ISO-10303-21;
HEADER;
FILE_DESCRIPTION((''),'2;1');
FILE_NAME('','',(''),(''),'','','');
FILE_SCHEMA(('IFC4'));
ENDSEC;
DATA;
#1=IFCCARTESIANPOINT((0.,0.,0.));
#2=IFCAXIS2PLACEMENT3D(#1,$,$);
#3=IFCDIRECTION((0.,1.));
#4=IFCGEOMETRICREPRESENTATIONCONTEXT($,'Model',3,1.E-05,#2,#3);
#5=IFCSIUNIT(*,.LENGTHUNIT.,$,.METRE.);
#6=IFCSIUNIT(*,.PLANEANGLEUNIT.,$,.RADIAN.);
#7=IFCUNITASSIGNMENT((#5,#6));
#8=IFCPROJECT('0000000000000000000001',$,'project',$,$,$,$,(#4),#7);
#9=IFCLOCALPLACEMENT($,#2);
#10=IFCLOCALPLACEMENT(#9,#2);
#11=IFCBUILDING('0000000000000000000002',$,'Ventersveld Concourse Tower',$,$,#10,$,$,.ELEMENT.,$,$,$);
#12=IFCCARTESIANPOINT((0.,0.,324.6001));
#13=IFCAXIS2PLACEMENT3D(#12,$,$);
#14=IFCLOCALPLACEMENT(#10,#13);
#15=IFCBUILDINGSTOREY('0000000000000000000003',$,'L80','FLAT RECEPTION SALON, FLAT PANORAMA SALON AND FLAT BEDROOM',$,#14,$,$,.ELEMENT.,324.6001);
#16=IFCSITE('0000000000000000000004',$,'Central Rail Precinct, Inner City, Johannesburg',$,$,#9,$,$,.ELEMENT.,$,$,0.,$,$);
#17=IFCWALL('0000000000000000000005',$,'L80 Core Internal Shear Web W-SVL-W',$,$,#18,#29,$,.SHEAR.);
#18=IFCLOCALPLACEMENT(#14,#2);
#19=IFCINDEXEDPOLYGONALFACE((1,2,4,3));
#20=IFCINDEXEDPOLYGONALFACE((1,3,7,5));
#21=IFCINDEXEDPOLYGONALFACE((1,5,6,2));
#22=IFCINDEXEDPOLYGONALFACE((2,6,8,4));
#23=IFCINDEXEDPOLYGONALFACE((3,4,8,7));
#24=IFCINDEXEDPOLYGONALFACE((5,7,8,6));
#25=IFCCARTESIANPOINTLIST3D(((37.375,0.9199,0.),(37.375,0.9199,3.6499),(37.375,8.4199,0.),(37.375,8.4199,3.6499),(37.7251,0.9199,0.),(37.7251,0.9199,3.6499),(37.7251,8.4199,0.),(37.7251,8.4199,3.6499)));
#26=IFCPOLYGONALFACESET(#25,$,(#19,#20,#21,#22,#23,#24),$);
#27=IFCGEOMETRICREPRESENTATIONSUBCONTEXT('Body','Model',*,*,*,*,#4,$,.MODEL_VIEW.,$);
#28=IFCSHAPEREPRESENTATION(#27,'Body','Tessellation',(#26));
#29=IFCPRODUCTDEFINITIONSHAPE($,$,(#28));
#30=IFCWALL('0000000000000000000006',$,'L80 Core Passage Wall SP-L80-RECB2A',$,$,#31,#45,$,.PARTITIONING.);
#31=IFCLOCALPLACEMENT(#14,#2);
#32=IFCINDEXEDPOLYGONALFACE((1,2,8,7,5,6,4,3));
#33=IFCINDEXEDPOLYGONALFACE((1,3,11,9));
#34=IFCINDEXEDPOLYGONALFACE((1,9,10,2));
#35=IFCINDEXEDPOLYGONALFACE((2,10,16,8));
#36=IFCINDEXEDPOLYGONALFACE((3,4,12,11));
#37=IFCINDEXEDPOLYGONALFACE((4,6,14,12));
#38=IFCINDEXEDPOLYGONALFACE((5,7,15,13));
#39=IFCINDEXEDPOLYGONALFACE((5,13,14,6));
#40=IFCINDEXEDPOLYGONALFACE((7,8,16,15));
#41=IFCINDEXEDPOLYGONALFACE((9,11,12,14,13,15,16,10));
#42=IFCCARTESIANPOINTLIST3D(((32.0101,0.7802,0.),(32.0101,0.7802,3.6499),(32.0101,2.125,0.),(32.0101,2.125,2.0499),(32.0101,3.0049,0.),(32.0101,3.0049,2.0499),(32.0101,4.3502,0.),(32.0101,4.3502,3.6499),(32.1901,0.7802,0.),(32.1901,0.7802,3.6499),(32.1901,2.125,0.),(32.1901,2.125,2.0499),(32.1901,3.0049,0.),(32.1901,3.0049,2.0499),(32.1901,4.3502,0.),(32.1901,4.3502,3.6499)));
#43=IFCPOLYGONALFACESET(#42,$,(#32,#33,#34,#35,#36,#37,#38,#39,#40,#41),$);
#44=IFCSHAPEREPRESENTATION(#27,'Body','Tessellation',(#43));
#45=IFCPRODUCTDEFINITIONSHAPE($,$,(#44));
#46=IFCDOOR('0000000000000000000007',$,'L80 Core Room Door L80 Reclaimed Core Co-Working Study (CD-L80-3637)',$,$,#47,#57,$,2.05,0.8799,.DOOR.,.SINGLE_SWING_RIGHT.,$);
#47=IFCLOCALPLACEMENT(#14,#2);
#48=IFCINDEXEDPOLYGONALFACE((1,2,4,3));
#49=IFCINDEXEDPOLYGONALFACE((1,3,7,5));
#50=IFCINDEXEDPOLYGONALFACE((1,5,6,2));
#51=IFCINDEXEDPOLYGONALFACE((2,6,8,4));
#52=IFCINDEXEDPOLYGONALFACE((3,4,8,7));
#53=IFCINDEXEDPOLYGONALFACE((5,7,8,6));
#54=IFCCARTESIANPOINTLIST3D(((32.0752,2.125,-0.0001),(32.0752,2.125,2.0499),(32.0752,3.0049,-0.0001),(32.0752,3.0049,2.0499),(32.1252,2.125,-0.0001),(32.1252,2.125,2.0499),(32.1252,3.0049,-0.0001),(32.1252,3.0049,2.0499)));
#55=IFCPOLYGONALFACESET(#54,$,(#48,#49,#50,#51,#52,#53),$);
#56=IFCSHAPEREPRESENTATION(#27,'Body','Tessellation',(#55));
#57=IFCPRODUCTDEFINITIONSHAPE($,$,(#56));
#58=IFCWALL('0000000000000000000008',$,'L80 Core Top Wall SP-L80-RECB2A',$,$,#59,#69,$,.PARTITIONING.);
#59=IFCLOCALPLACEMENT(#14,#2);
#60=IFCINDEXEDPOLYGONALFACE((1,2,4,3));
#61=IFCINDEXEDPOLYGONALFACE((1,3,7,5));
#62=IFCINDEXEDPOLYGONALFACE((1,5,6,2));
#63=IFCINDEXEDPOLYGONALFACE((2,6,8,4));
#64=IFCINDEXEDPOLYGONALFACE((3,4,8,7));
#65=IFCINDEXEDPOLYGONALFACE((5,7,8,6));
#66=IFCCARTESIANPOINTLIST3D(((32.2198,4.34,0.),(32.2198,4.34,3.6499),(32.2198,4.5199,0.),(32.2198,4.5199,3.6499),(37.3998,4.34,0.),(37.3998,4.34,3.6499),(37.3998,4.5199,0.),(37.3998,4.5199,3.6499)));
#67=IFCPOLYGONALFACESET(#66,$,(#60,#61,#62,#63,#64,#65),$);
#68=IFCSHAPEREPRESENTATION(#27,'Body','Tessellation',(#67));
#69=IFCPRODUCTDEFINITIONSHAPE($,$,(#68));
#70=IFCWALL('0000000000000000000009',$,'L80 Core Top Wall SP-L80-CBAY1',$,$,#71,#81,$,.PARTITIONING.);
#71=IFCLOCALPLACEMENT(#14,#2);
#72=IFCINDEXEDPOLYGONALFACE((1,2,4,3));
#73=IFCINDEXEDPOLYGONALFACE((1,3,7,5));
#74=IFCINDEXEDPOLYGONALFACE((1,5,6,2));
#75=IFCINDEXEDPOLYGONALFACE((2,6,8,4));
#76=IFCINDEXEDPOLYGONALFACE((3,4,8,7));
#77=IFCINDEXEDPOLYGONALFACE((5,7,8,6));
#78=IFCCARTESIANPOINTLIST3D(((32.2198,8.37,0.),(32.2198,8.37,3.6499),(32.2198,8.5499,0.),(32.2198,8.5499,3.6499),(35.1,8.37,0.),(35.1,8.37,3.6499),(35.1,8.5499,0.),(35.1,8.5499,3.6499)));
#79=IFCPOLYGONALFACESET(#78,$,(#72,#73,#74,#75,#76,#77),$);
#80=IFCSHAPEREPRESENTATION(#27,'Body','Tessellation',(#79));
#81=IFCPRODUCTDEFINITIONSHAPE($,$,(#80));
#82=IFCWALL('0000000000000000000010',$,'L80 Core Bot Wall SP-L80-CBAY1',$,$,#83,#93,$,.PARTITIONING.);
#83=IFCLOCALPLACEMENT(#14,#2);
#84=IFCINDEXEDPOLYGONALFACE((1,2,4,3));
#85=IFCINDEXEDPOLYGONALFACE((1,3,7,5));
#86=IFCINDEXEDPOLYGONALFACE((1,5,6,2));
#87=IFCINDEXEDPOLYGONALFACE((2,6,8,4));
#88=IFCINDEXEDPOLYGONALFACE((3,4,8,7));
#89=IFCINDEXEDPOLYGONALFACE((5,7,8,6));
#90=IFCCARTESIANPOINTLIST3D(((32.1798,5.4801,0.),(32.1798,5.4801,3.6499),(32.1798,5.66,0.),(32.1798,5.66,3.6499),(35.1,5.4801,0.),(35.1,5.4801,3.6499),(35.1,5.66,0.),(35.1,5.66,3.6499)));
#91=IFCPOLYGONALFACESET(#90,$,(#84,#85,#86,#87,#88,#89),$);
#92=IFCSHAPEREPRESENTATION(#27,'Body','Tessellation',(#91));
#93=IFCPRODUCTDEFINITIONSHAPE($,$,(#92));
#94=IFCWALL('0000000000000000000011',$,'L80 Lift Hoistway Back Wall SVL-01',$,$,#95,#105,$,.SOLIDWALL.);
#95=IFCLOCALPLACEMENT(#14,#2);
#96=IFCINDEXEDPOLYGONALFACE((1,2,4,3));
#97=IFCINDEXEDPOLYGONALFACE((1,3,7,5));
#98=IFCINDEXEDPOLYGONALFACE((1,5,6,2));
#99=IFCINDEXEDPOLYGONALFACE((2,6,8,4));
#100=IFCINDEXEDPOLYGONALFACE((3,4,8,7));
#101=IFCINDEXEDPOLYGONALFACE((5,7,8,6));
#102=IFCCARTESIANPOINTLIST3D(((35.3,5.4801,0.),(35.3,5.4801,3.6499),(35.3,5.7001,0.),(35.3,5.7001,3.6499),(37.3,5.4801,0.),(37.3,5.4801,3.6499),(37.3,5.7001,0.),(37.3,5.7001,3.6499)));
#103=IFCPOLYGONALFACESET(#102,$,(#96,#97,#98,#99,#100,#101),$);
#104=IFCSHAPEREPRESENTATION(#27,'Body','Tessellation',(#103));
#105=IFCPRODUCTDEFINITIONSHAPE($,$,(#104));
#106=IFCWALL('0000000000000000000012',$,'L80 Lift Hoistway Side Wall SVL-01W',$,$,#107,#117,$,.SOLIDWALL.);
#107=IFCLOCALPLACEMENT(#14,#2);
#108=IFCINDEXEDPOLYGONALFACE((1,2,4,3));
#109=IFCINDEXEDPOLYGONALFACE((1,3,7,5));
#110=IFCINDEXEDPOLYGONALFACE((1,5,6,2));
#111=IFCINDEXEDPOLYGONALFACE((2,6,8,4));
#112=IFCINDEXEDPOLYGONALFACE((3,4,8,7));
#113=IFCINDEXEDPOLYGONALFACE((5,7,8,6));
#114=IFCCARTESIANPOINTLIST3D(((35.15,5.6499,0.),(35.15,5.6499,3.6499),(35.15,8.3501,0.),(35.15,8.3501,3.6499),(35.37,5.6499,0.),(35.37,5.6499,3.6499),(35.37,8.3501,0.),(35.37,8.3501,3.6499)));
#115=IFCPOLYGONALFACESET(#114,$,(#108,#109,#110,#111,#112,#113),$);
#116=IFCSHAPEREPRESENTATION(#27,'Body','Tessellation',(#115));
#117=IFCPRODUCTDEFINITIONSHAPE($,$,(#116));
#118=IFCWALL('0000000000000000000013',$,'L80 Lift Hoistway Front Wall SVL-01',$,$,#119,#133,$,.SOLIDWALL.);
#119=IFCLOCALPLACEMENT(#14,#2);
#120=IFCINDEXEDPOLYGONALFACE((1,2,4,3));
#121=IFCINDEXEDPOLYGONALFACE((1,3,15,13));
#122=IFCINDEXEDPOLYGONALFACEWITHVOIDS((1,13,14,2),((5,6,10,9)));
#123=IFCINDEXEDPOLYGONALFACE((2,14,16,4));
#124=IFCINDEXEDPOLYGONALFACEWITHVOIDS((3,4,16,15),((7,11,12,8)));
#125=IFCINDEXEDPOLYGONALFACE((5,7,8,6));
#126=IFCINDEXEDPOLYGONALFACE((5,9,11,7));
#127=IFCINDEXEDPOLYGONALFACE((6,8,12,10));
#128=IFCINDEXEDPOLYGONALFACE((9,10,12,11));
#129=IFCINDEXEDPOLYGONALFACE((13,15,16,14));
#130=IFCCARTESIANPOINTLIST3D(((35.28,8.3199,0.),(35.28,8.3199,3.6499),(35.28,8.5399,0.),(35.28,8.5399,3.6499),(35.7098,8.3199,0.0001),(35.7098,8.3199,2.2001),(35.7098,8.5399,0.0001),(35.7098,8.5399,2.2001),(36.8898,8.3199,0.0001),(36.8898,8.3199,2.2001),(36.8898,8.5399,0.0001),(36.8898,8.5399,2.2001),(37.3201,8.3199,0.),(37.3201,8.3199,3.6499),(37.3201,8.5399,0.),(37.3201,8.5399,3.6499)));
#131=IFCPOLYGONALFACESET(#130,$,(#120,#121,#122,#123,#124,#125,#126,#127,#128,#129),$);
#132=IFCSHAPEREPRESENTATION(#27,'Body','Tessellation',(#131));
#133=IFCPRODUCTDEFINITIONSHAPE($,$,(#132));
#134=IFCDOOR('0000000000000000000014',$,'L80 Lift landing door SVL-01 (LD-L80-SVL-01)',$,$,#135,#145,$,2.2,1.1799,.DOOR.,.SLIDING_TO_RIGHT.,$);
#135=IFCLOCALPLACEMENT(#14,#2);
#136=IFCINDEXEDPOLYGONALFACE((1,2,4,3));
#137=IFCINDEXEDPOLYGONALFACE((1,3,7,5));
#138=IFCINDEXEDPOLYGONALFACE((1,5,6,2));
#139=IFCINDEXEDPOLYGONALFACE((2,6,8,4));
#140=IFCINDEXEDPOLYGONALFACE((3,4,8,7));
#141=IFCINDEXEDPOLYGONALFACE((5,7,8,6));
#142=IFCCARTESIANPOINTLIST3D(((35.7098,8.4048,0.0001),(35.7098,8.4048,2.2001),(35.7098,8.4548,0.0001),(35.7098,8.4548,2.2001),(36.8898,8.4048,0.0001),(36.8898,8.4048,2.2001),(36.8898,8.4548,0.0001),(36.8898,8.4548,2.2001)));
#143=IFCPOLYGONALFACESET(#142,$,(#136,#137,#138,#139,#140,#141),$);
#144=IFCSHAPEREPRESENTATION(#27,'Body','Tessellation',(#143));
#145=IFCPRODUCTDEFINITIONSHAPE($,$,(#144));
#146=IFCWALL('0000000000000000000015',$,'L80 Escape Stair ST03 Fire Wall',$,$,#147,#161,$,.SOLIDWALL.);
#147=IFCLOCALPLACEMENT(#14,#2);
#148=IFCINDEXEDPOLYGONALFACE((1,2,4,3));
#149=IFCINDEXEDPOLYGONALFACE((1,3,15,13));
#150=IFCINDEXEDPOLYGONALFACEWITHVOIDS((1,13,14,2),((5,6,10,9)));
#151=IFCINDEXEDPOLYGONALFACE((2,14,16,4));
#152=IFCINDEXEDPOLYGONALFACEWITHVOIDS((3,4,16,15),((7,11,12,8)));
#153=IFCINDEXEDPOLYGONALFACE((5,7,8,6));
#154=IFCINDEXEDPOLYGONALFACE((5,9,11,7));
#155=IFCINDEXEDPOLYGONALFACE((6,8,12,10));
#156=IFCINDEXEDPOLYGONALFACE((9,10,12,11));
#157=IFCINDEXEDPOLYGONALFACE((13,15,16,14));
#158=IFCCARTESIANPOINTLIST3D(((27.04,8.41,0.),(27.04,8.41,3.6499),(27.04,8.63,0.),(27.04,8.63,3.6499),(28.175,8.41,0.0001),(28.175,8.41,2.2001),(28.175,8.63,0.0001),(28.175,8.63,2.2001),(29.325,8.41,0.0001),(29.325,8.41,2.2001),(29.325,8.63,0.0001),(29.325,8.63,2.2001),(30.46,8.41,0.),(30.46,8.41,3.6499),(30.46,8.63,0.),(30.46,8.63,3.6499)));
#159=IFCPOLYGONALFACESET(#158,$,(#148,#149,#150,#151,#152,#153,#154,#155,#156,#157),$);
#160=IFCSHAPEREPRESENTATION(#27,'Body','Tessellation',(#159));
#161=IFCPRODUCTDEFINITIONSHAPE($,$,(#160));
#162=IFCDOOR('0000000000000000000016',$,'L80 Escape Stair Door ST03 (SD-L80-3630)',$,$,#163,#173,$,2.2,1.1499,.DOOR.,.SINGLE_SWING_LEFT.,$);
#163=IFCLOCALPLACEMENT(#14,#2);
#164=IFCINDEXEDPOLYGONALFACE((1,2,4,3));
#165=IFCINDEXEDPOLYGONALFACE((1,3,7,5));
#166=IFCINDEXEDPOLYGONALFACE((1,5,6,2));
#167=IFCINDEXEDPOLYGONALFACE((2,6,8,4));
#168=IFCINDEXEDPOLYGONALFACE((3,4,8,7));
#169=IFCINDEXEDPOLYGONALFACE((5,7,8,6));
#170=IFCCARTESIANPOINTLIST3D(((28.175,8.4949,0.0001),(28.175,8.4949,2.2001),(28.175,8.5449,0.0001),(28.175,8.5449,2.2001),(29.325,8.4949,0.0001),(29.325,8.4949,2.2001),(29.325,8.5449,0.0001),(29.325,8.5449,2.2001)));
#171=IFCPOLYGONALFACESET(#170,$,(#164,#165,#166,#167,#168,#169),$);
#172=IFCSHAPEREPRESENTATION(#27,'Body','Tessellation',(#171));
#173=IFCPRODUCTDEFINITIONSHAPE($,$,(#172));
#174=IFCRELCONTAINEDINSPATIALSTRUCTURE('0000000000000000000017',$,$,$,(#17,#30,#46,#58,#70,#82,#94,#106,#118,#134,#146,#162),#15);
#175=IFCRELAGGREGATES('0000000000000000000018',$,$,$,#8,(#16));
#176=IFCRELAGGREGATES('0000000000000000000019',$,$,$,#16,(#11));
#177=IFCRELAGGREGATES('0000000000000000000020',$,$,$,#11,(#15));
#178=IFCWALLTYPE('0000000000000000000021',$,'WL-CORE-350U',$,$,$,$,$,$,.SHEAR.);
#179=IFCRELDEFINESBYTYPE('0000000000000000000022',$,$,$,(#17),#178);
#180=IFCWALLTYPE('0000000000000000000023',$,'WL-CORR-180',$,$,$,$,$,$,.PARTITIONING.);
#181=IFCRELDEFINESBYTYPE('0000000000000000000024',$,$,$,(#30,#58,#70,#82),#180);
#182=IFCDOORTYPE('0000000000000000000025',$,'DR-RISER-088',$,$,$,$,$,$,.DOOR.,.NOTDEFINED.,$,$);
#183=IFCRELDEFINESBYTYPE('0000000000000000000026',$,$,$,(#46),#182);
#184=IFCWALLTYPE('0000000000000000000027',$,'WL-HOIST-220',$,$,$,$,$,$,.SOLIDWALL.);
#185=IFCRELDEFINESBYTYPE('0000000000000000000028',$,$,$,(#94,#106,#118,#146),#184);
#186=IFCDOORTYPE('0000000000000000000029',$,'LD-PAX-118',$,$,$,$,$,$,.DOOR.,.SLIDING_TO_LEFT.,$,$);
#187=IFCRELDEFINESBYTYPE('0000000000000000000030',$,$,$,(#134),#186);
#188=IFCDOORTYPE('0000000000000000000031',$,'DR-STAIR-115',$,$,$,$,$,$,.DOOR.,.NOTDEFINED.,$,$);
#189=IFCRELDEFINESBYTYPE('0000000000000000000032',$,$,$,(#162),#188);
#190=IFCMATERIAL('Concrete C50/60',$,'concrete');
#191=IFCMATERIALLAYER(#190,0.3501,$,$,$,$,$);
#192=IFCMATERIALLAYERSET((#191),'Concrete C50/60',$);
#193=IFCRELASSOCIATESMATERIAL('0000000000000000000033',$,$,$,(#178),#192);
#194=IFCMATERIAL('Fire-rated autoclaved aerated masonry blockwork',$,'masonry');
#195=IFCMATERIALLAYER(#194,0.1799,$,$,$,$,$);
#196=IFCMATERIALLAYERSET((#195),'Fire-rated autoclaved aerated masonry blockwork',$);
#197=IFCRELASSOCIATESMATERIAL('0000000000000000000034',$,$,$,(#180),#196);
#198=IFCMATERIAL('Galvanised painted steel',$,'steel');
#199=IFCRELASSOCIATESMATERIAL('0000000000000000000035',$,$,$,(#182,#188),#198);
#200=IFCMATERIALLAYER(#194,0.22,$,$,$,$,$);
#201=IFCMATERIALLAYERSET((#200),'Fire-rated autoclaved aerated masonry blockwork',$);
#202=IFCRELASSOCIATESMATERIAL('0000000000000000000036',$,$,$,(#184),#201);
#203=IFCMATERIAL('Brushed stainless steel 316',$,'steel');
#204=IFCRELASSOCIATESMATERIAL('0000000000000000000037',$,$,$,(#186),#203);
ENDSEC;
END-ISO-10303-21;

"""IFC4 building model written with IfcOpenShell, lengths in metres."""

from ifc_helpers import new_model, si_unit, direction, frame, frame_2d, origin, place, context, subcontext, project, spatial, rectangle, extrude, material, layer, layer_set, type_object, element, fill, save


model = new_model("IFC4")

# Units and contexts
model_context = context("Model", 3, precision=1e-05, world=origin(), true_north=direction((0.0, 1.0)))
body_context = subcontext(model_context, "Body", "Model", "MODEL_VIEW")
ifc_project = project(units=[si_unit("LENGTHUNIT", "METRE"), si_unit("PLANEANGLEUNIT", "RADIAN")], contexts=[model_context])

# Site, building, storey
site_placement = place(None, origin())
site = spatial("IfcSite", under=ifc_project, at=site_placement, Name="Central Rail Precinct, Inner City, Johannesburg", CompositionType="ELEMENT", RefElevation=0.0)
building_placement = place(site_placement, origin())
building = spatial("IfcBuilding", under=site, at=building_placement, Name="Ventersveld Concourse Tower", CompositionType="ELEMENT")
storey_placement = place(building_placement, frame((0.0, 0.0, 324.6001)))
storey = spatial("IfcBuildingStorey", under=building, at=storey_placement, Name="L80", Description="FLAT RECEPTION SALON, FLAT PANORAMA SALON AND FLAT BEDROOM", CompositionType="ELEMENT", Elevation=324.6001)

# Shared definitions
ifc_material_1 = material(Name="Concrete C50/60", Category="concrete")

# Wall
ifc_layer_1 = layer(ifc_material_1, 0.3501)
ifc_layer_set_1 = layer_set([ifc_layer_1], Name="Concrete C50/60")
wall_type_1 = type_object("IfcWallType", Name="WL-CORE-350U", PredefinedType="SHEAR", material=ifc_layer_set_1)
for number, where, z_axis, x_axis, name in (
    (1, (37.55, 0.9199, 0.0), (0.0, 0.0, 1.0), (0.0, 1.0, 0.0), "L80 Core Internal Shear Web W-SVL-W"),
):
    element("IfcWall", number, at=place(storey_placement, frame(where, z_axis=z_axis, x_axis=x_axis)), inside=storey, type_object=wall_type_1, Name=name, PredefinedType="SHEAR", context=body_context, shape_type="SweptSolid", body=[
        extrude(rectangle(XDim=7.5, YDim=0.3501, at=frame_2d((3.75, 0.0))), origin(), (0.0, 0.0, 1.0), 3.6499),
    ])

# Wall, opening, door
ifc_material_2 = material(Name="Fire-rated autoclaved aerated masonry blockwork", Category="masonry")
ifc_layer_2 = layer(ifc_material_2, 0.1799)
ifc_layer_set_2 = layer_set([ifc_layer_2], Name="Fire-rated autoclaved aerated masonry blockwork")
wall_type_2 = type_object("IfcWallType", Name="WL-CORR-180", PredefinedType="PARTITIONING", material=ifc_layer_set_2)
wall_1_placement = place(storey_placement, frame((32.1001, 0.78, 0.0), z_axis=(0.0, 0.0, 1.0), x_axis=(0.0, 1.0, 0.0)))
wall_1 = element("IfcWall", 2, at=wall_1_placement, inside=storey, type_object=wall_type_2, Name="L80 Core Passage Wall SP-L80-RECB2A", PredefinedType="PARTITIONING", context=body_context, shape_type="SweptSolid", body=[
    extrude(rectangle(XDim=3.5701, YDim=0.1799, at=frame_2d((1.7852, 0.0))), origin(), (0.0, 0.0, 1.0), 3.6499),
])
opening_1_placement = place(wall_1_placement, frame((1.345, 0.0, 0.0)))
opening_1 = element("IfcOpeningElement", 3, at=opening_1_placement, cuts=wall_1, PredefinedType="OPENING", context=body_context, shape_type="SweptSolid", body=[
    extrude(rectangle(XDim=0.8799, YDim=2.05, at=frame_2d((0.4399, 1.0249))), frame((0.0, 0.1001, 0.0), z_axis=(0.0, -1.0, 0.0), x_axis=(1.0, 0.0, 0.0)), (0.0, 0.0, 1.0), 0.2),
])
ifc_material_3 = material(Name="Galvanised painted steel", Category="steel")
door_type_1 = type_object("IfcDoorType", Name="DR-RISER-088", OperationType="NOTDEFINED", PredefinedType="DOOR", material=ifc_material_3)
door_1_placement = place(opening_1_placement, origin())
door_1 = element("IfcDoor", 4, at=door_1_placement, inside=storey, type_object=door_type_1, Name="L80 Core Room Door L80 Reclaimed Core Co-Working Study (CD-L80-3637)", OperationType="SINGLE_SWING_RIGHT", OverallHeight=2.05, OverallWidth=0.8799, PredefinedType="DOOR", context=body_context, shape_type="SweptSolid", body=[
    extrude(rectangle(XDim=0.8799, YDim=2.05, at=frame_2d((0.4399, 1.0249))), frame((0.0, 0.0249, 0.0), z_axis=(0.0, -1.0, 0.0), x_axis=(1.0, 0.0, 0.0)), (0.0, 0.0, 1.0), 0.05),
])
fill(opening_1, door_1)

# Wall
wall_2_placement = place(storey_placement, frame((32.22, 4.4299, 0.0), z_axis=(0.0, 0.0, 1.0), x_axis=(1.0, 0.0, 0.0)))
element("IfcWall", 5, at=wall_2_placement, inside=storey, type_object=wall_type_2, Name="L80 Core Top Wall SP-L80-RECB2A", PredefinedType="PARTITIONING", context=body_context, shape_type="SweptSolid", body=[
    extrude(rectangle(XDim=5.1799, YDim=0.1799, at=frame_2d((2.5898, 0.0))), origin(), (0.0, 0.0, 1.0), 3.6499),
])

# Walls
wall_3_placement = place(storey_placement, frame((32.22, 8.46, 0.0), z_axis=(0.0, 0.0, 1.0), x_axis=(1.0, 0.0, 0.0)))
element("IfcWall", 6, at=wall_3_placement, inside=storey, type_object=wall_type_2, Name="L80 Core Top Wall SP-L80-CBAY1", PredefinedType="PARTITIONING", context=body_context, shape_type="SweptSolid", body=[
    extrude(rectangle(XDim=2.8801, YDim=0.1799, at=frame_2d((1.4399, 0.0))), origin(), (0.0, 0.0, 1.0), 3.6499),
])
wall_4_placement = place(storey_placement, frame((32.1799, 5.5701, 0.0), z_axis=(0.0, 0.0, 1.0), x_axis=(1.0, 0.0, 0.0)))
element("IfcWall", 7, at=wall_4_placement, inside=storey, type_object=wall_type_2, Name="L80 Core Bot Wall SP-L80-CBAY1", PredefinedType="PARTITIONING", context=body_context, shape_type="SweptSolid", body=[
    extrude(rectangle(XDim=2.9202, YDim=0.1799, at=frame_2d((1.46, 0.0))), origin(), (0.0, 0.0, 1.0), 3.6499),
])
ifc_layer_3 = layer(ifc_material_2, 0.22)
ifc_layer_set_3 = layer_set([ifc_layer_3], Name="Fire-rated autoclaved aerated masonry blockwork")
wall_type_3 = type_object("IfcWallType", Name="WL-HOIST-220", PredefinedType="SOLIDWALL", material=ifc_layer_set_3)
wall_5_placement = place(storey_placement, frame((35.3, 5.5901, 0.0), z_axis=(0.0, 0.0, 1.0), x_axis=(1.0, 0.0, 0.0)))
element("IfcWall", 8, at=wall_5_placement, inside=storey, type_object=wall_type_3, Name="L80 Lift Hoistway Back Wall SVL-01", PredefinedType="SOLIDWALL", context=body_context, shape_type="SweptSolid", body=[
    extrude(rectangle(XDim=2.0, YDim=0.22, at=frame_2d((1.0, 0.0))), origin(), (0.0, 0.0, 1.0), 3.6499),
])
wall_6_placement = place(storey_placement, frame((35.26, 5.6499, 0.0), z_axis=(0.0, 0.0, 1.0), x_axis=(0.0, 1.0, 0.0)))
element("IfcWall", 9, at=wall_6_placement, inside=storey, type_object=wall_type_3, Name="L80 Lift Hoistway Side Wall SVL-01W", PredefinedType="SOLIDWALL", context=body_context, shape_type="SweptSolid", body=[
    extrude(rectangle(XDim=2.7002, YDim=0.22, at=frame_2d((1.3501, 0.0))), origin(), (0.0, 0.0, 1.0), 3.6499),
])

# Walls, openings, doors
wall_7_placement = place(storey_placement, frame((35.28, 8.4299, 0.0), z_axis=(0.0, 0.0, 1.0), x_axis=(1.0, 0.0, 0.0)))
wall_7 = element("IfcWall", 10, at=wall_7_placement, inside=storey, type_object=wall_type_3, Name="L80 Lift Hoistway Front Wall SVL-01", PredefinedType="SOLIDWALL", context=body_context, shape_type="SweptSolid", body=[
    extrude(rectangle(XDim=2.04, YDim=0.22, at=frame_2d((1.02, 0.0))), origin(), (0.0, 0.0, 1.0), 3.6499),
])
opening_2_placement = place(wall_7_placement, frame((0.4299, 0.0, 0.0)))
opening_2 = element("IfcOpeningElement", 11, at=opening_2_placement, cuts=wall_7, PredefinedType="OPENING", context=body_context, shape_type="SweptSolid", body=[
    extrude(rectangle(XDim=1.1799, YDim=2.2, at=frame_2d((0.5898, 1.1001))), frame((0.0, 0.1201, 0.0), z_axis=(0.0, -1.0, 0.0), x_axis=(1.0, 0.0, 0.0)), (0.0, 0.0, 1.0), 0.24),
])
ifc_material_4 = material(Name="Brushed stainless steel 316", Category="steel")
door_type_2 = type_object("IfcDoorType", Name="LD-PAX-118", OperationType="SLIDING_TO_LEFT", PredefinedType="DOOR", material=ifc_material_4)
door_2_placement = place(opening_2_placement, origin())
door_2 = element("IfcDoor", 12, at=door_2_placement, inside=storey, type_object=door_type_2, Name="L80 Lift landing door SVL-01 (LD-L80-SVL-01)", OperationType="SLIDING_TO_RIGHT", OverallHeight=2.2, OverallWidth=1.1799, PredefinedType="DOOR", context=body_context, shape_type="SweptSolid", body=[
    extrude(rectangle(XDim=1.1799, YDim=2.2, at=frame_2d((0.5898, 1.1001))), frame((0.0, 0.0249, 0.0), z_axis=(0.0, -1.0, 0.0), x_axis=(1.0, 0.0, 0.0)), (0.0, 0.0, 1.0), 0.05),
])
fill(opening_2, door_2)
wall_8_placement = place(storey_placement, frame((27.04, 8.52, 0.0), z_axis=(0.0, 0.0, 1.0), x_axis=(1.0, 0.0, 0.0)))
wall_8 = element("IfcWall", 13, at=wall_8_placement, inside=storey, type_object=wall_type_3, Name="L80 Escape Stair ST03 Fire Wall", PredefinedType="SOLIDWALL", context=body_context, shape_type="SweptSolid", body=[
    extrude(rectangle(XDim=3.4199, YDim=0.22, at=frame_2d((1.71, 0.0))), origin(), (0.0, 0.0, 1.0), 3.6499),
])
opening_3_placement = place(wall_8_placement, frame((1.135, 0.0, 0.0)))
opening_3 = element("IfcOpeningElement", 14, at=opening_3_placement, cuts=wall_8, PredefinedType="OPENING", context=body_context, shape_type="SweptSolid", body=[
    extrude(rectangle(XDim=1.1499, YDim=2.2, at=frame_2d((0.575, 1.1001))), frame((0.0, 0.1201, 0.0), z_axis=(0.0, -1.0, 0.0), x_axis=(1.0, 0.0, 0.0)), (0.0, 0.0, 1.0), 0.24),
])
door_type_3 = type_object("IfcDoorType", Name="DR-STAIR-115", OperationType="NOTDEFINED", PredefinedType="DOOR", material=ifc_material_3)
door_3_placement = place(opening_3_placement, origin())
door_3 = element("IfcDoor", 15, at=door_3_placement, inside=storey, type_object=door_type_3, Name="L80 Escape Stair Door ST03 (SD-L80-3630)", OperationType="SINGLE_SWING_LEFT", OverallHeight=2.2, OverallWidth=1.1499, PredefinedType="DOOR", context=body_context, shape_type="SweptSolid", body=[
    extrude(rectangle(XDim=1.1499, YDim=2.2, at=frame_2d((0.575, 1.1001))), frame((0.0, 0.0249, 0.0), z_axis=(0.0, -1.0, 0.0), x_axis=(1.0, 0.0, 0.0)), (0.0, 0.0, 1.0), 0.05),
])
fill(opening_3, door_3)

save(model, "model.ifc")
